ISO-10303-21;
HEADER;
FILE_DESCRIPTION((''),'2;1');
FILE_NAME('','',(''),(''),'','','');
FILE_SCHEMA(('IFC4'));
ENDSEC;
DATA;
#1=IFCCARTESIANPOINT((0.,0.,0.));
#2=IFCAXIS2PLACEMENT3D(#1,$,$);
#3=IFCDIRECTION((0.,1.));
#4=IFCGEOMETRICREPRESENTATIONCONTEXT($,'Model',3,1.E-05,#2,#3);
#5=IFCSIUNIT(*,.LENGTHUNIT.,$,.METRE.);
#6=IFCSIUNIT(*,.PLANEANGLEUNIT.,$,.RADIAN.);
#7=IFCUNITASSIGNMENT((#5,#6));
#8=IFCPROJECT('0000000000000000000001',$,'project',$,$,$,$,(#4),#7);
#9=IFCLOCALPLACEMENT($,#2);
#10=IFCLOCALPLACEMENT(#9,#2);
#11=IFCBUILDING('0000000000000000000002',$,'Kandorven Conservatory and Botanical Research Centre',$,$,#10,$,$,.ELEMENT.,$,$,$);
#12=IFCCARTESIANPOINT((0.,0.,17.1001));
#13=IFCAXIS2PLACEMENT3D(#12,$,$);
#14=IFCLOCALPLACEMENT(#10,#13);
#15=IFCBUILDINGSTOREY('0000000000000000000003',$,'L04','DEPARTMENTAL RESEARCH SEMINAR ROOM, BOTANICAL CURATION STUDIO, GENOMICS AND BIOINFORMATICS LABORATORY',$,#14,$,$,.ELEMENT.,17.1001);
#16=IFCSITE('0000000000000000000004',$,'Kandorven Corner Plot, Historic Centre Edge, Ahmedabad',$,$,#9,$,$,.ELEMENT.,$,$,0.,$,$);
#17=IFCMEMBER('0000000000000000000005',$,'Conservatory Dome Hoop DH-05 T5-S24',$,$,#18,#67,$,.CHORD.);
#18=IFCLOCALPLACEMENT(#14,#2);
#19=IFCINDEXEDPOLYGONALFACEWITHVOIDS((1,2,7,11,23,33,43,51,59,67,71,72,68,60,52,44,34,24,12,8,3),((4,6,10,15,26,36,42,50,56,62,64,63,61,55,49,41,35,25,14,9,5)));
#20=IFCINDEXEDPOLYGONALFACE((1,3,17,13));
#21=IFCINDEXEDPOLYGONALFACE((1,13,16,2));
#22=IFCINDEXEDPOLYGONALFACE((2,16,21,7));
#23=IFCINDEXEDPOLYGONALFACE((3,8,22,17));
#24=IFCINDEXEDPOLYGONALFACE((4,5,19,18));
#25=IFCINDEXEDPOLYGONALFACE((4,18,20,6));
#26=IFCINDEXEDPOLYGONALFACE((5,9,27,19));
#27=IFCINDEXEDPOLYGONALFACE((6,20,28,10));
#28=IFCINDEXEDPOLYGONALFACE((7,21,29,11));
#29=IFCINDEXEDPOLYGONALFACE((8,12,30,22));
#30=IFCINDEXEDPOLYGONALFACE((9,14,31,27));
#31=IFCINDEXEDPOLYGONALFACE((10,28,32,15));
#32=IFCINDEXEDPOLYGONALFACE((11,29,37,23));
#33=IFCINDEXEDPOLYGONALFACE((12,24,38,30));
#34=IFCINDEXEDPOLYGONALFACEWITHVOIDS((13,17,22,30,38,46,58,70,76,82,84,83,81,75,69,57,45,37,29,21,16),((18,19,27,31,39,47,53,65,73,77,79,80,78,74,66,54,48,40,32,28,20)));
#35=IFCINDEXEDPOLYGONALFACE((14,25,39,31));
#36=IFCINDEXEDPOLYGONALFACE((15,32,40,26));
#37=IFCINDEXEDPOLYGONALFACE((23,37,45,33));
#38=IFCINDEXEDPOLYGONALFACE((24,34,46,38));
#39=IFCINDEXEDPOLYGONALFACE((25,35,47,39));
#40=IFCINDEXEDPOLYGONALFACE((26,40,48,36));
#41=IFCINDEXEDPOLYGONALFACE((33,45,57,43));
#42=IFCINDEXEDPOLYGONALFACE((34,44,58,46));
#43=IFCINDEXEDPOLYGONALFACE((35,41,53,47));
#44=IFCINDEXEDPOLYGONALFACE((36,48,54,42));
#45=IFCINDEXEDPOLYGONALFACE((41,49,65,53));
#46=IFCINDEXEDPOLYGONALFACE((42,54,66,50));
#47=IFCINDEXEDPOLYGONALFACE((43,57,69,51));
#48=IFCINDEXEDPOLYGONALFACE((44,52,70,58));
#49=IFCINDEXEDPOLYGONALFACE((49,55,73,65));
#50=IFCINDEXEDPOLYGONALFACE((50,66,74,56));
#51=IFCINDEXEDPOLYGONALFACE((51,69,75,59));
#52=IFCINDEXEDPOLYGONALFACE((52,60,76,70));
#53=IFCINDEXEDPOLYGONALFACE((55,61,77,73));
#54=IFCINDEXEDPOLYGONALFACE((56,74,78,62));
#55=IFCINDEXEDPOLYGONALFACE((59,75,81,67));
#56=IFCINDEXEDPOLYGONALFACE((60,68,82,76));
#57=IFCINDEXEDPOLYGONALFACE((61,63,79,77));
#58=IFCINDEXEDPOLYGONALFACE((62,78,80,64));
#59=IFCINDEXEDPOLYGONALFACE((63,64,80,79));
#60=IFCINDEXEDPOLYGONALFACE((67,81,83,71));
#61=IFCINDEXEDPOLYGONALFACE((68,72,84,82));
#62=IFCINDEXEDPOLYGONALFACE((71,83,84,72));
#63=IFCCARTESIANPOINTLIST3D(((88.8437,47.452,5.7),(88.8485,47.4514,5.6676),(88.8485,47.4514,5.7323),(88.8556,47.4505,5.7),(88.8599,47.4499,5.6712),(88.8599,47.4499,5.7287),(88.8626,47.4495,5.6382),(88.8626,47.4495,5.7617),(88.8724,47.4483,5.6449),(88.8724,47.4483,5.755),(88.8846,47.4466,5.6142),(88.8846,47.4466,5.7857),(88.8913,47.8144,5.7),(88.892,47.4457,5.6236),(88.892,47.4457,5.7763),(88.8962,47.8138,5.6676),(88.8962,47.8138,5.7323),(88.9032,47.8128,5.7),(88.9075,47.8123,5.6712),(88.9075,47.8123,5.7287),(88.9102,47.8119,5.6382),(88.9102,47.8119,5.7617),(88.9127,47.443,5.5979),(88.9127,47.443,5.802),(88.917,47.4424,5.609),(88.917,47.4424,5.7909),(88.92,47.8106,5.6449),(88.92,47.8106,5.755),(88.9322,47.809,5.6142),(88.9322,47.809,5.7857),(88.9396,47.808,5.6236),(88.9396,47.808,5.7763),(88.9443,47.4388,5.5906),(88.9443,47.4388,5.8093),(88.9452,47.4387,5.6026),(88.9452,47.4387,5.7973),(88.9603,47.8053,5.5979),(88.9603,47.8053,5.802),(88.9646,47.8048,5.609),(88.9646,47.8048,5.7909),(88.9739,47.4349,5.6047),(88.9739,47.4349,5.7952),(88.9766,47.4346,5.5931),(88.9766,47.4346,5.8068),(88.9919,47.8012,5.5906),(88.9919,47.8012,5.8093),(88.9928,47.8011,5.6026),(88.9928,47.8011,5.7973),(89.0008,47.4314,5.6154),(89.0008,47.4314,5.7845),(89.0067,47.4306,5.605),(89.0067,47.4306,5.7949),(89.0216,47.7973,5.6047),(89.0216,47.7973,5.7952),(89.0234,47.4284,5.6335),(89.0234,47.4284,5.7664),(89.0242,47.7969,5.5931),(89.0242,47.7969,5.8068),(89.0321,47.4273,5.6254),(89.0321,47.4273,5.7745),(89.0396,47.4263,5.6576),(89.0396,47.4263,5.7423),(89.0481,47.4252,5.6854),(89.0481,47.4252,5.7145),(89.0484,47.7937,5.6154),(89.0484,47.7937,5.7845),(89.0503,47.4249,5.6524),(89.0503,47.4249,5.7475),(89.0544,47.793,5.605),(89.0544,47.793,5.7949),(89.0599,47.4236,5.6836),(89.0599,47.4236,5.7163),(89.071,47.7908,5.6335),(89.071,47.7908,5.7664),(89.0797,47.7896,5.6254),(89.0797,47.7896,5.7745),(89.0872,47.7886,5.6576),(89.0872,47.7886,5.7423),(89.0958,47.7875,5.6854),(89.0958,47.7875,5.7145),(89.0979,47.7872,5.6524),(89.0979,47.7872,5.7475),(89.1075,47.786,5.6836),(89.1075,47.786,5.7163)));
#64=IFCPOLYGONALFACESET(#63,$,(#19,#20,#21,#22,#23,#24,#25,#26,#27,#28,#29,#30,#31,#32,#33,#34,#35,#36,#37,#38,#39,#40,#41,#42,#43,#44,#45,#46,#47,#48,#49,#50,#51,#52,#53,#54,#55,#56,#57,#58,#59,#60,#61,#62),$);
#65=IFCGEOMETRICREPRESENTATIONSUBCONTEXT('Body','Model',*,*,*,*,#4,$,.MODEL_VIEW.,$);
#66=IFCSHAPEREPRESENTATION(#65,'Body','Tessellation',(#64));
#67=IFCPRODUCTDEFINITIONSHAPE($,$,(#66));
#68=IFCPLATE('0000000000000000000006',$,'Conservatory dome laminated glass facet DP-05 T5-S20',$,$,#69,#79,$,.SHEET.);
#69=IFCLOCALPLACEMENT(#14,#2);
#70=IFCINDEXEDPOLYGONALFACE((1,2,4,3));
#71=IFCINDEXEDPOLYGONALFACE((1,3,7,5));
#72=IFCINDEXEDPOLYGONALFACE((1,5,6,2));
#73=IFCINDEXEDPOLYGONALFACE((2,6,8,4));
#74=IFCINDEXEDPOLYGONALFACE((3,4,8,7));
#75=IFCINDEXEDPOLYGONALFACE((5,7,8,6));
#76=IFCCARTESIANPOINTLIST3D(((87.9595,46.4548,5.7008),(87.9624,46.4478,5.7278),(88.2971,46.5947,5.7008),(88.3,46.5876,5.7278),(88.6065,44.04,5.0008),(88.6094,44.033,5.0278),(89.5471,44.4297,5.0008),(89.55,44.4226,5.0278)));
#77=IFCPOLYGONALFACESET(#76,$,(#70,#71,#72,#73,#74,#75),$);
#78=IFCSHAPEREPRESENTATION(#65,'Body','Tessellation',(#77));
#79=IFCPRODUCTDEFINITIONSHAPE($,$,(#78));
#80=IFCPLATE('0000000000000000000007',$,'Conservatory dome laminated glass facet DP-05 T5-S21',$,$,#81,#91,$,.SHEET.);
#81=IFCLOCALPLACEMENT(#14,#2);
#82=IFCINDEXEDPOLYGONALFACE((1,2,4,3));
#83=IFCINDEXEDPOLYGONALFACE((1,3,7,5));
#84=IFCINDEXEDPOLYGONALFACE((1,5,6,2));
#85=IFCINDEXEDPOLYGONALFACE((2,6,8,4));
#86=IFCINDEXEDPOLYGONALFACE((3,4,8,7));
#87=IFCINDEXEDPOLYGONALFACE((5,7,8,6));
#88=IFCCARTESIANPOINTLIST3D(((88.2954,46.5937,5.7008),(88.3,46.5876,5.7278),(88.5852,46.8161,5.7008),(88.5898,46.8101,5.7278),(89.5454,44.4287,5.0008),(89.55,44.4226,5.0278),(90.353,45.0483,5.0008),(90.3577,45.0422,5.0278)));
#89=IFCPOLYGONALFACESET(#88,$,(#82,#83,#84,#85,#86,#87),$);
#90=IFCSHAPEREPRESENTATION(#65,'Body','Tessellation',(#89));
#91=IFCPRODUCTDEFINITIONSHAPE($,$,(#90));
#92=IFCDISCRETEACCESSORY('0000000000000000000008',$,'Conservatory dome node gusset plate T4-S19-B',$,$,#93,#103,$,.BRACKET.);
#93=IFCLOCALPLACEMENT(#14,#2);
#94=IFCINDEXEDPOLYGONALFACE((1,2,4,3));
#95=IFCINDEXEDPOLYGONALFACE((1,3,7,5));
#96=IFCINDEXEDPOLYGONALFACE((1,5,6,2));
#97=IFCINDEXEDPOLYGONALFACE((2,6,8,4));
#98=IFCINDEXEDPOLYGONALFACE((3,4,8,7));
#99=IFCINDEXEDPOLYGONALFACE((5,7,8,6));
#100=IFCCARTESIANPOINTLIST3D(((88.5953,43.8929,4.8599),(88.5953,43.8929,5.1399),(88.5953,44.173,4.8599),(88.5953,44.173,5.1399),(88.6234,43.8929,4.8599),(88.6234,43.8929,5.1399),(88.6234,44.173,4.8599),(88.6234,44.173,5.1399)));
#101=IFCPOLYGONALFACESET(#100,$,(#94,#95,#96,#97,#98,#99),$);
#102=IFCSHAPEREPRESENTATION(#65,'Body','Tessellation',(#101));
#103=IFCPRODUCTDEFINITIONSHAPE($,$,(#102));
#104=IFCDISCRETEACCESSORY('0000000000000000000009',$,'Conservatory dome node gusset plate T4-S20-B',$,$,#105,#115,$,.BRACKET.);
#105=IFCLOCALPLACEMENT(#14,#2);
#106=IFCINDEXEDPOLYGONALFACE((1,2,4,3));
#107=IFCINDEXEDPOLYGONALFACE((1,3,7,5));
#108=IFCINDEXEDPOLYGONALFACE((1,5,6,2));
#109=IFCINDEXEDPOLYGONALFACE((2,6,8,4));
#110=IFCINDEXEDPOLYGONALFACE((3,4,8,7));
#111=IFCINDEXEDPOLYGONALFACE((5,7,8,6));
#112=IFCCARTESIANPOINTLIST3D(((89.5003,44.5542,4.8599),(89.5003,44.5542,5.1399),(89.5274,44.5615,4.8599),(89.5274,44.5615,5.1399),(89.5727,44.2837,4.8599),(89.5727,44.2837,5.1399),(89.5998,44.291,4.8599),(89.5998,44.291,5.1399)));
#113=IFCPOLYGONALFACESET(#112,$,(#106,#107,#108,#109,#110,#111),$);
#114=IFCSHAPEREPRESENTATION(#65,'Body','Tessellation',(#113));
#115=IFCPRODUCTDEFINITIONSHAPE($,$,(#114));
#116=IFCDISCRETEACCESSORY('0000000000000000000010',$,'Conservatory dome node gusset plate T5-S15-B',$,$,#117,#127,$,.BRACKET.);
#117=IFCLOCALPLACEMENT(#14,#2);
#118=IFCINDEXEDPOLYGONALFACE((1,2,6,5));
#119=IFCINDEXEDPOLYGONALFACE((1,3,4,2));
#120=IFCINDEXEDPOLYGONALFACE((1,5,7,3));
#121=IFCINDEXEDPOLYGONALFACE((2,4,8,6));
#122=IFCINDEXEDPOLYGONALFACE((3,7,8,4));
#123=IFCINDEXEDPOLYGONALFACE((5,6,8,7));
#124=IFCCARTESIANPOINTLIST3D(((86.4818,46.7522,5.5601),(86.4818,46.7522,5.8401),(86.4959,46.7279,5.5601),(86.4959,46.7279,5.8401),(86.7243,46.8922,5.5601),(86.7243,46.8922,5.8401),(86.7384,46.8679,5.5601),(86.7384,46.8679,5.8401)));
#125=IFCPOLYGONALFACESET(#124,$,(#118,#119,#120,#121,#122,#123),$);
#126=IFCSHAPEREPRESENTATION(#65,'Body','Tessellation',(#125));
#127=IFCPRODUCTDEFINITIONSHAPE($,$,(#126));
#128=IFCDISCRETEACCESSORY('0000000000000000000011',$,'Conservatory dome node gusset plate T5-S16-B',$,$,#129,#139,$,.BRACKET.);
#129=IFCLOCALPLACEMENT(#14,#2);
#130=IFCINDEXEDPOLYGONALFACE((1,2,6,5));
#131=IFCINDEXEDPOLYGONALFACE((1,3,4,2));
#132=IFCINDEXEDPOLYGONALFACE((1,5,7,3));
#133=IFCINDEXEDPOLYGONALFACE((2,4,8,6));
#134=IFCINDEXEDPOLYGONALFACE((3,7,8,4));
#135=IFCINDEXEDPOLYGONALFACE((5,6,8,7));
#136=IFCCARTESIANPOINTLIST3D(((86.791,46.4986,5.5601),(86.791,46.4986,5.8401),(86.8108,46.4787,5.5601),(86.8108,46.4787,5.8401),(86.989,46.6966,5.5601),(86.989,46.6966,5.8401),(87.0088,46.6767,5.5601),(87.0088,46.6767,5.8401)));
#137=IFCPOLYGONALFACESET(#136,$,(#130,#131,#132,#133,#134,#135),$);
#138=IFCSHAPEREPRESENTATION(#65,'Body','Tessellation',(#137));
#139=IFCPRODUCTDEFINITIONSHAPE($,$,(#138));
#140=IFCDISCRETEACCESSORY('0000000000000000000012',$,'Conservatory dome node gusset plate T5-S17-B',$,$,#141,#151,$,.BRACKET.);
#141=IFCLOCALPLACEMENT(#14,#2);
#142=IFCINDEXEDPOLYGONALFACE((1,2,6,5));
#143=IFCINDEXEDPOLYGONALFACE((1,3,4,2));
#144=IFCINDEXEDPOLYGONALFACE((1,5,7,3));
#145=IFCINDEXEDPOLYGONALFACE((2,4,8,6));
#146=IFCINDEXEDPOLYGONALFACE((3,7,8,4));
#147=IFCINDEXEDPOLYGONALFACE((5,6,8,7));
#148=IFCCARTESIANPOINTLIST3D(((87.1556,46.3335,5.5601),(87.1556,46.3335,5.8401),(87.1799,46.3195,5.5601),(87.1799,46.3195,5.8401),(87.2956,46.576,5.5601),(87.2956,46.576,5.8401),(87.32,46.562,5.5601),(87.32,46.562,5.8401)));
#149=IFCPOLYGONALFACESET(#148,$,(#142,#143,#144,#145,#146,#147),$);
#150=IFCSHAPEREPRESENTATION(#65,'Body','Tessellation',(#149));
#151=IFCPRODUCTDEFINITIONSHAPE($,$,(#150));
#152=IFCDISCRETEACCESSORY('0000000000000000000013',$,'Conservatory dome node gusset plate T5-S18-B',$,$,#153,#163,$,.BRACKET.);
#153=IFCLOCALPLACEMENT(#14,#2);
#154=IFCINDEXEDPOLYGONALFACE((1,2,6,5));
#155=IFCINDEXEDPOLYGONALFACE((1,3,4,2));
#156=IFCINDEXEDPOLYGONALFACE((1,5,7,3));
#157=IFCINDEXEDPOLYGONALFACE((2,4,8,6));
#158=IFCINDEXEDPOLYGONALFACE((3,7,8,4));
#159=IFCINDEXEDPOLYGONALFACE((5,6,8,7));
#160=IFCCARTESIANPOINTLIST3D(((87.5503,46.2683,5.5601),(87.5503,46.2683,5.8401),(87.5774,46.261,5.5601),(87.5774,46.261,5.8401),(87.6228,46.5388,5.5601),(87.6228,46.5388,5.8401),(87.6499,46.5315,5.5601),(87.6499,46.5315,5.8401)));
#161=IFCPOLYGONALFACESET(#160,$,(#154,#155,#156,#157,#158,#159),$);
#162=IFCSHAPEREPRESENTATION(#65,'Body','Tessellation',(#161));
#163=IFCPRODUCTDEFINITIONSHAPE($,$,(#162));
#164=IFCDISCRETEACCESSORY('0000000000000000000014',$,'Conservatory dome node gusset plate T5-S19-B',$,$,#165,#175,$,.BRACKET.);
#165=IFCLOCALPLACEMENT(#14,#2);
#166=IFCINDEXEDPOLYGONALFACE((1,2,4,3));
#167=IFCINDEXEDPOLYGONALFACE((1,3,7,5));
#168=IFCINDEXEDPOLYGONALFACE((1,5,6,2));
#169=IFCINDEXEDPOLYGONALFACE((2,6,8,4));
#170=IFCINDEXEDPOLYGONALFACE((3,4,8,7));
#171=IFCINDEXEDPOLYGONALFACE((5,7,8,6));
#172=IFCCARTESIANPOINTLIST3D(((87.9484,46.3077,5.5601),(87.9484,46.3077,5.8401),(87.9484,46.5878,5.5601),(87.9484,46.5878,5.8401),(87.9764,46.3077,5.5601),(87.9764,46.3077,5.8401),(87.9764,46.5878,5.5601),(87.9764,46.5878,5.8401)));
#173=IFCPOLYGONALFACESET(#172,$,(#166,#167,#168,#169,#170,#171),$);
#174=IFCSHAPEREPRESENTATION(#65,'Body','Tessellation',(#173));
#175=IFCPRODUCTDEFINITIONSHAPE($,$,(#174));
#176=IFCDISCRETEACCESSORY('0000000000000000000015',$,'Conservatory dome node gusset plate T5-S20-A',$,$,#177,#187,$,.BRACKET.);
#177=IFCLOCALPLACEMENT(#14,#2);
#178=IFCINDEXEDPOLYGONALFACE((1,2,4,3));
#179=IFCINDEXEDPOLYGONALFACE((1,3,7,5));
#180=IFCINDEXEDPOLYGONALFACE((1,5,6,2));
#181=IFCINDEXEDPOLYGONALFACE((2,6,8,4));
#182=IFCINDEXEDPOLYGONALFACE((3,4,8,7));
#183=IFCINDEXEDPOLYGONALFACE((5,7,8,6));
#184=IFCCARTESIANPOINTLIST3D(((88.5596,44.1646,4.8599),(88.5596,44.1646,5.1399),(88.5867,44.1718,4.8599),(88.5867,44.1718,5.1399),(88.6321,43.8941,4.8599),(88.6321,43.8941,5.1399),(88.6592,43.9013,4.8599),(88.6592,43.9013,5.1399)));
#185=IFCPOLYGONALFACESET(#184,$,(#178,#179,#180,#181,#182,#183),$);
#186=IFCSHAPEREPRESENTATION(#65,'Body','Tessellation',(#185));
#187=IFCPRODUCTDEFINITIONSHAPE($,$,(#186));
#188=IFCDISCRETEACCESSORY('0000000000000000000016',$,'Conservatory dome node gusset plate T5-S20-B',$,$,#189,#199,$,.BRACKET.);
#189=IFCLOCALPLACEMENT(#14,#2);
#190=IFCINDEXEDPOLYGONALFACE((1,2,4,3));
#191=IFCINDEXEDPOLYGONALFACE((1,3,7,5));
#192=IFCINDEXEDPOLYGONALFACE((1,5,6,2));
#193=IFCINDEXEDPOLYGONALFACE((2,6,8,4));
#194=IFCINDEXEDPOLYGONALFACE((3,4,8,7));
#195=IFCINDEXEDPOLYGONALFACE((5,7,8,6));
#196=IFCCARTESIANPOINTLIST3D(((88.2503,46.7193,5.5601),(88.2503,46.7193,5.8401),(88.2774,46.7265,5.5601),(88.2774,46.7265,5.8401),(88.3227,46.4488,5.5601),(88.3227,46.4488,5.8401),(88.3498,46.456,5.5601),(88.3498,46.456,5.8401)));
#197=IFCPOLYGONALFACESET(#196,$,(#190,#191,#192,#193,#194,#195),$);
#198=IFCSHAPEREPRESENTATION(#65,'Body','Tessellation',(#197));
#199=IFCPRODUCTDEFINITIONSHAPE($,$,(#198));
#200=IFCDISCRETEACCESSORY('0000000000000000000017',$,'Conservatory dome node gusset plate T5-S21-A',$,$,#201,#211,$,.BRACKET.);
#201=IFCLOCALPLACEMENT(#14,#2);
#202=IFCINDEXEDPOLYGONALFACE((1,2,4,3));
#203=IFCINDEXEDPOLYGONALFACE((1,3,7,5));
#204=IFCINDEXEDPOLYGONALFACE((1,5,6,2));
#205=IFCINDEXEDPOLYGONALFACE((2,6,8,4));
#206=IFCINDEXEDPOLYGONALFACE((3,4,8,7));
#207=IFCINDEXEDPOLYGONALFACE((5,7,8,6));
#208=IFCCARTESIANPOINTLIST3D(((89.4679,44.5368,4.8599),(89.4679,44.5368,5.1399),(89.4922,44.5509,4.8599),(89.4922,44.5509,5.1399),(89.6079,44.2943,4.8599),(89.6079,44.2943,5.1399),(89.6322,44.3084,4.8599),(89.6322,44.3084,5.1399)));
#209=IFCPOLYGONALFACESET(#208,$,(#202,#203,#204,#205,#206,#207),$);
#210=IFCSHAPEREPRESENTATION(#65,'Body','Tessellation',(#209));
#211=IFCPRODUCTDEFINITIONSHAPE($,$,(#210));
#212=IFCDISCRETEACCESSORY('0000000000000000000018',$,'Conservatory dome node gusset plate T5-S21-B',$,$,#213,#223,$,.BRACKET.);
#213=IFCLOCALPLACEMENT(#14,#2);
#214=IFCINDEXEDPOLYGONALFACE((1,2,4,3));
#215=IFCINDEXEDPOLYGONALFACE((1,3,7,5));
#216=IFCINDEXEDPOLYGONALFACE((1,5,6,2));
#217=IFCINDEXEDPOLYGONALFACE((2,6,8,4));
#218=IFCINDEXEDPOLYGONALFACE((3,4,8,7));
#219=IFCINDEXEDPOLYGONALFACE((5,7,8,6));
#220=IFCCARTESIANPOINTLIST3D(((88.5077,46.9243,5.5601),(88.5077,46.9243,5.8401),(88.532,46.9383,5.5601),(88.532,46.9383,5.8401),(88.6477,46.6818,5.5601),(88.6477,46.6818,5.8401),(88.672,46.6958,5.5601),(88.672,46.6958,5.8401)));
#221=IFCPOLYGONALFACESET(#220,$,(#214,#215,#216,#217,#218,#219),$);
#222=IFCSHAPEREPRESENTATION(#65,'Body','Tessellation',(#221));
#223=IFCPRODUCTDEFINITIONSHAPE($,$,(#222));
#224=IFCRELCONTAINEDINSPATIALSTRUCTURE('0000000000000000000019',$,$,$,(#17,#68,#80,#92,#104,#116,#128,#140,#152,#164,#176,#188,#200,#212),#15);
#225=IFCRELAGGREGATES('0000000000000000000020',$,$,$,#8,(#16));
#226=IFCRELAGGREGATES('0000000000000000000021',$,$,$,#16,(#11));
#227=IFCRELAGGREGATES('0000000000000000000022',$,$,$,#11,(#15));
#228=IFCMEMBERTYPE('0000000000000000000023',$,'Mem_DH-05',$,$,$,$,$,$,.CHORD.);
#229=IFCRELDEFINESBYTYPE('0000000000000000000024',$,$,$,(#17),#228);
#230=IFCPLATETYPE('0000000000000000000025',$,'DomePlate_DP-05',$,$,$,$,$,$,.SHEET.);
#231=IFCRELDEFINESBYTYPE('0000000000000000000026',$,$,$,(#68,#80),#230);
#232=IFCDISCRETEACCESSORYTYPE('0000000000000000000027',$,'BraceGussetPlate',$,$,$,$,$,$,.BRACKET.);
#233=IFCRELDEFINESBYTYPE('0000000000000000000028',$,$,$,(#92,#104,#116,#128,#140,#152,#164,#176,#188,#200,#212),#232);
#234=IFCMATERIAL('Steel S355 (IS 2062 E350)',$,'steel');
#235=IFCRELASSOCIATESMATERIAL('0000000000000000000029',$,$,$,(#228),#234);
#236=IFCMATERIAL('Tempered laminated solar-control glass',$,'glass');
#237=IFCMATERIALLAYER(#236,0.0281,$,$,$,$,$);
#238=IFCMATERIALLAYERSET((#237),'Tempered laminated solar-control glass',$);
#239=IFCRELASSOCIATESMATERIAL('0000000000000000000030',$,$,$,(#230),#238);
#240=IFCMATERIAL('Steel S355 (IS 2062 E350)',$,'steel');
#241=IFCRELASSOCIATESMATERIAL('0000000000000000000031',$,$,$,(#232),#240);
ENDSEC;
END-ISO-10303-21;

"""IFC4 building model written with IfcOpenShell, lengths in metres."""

from ifc_helpers import new_model, si_unit, direction, frame, origin, origin_2d, place, context, subcontext, project, spatial, polyline, rectangle, hollow_circle, outline, extrude, material, layer, layer_set, material_profile, profile_set, type_object, element, save


model = new_model("IFC4")

# Units and contexts
model_context = context("Model", 3, precision=1e-05, world=origin(), true_north=direction((0.0, 1.0)))
body_context = subcontext(model_context, "Body", "Model", "MODEL_VIEW")
ifc_project = project(units=[si_unit("LENGTHUNIT", "METRE"), si_unit("PLANEANGLEUNIT", "RADIAN")], contexts=[model_context])

# Site, building, storey
site_placement = place(None, origin())
site = spatial("IfcSite", under=ifc_project, at=site_placement, Name="Kandorven Corner Plot, Historic Centre Edge, Ahmedabad", CompositionType="ELEMENT", RefElevation=0.0)
building_placement = place(site_placement, origin())
building = spatial("IfcBuilding", under=site, at=building_placement, Name="Kandorven Conservatory and Botanical Research Centre", CompositionType="ELEMENT")
storey_placement = place(building_placement, frame((0.0, 0.0, 17.1001)))
storey = spatial("IfcBuildingStorey", under=building, at=storey_placement, Name="L04", Description="DEPARTMENTAL RESEARCH SEMINAR ROOM, BOTANICAL CURATION STUDIO, GENOMICS AND BIOINFORMATICS LABORATORY", CompositionType="ELEMENT", Elevation=17.1001)

# Member
ifc_material_1 = material(Name="Steel S355 (IS 2062 E350)", Category="steel")
ifc_material_profile_1 = material_profile(ifc_material_1, hollow_circle(Radius=0.1096, WallThickness=0.012, at=origin_2d()))
ifc_profile_set_1 = profile_set([ifc_material_profile_1], Name="Steel S355 (IS 2062 E350)")
member_type_1 = type_object("IfcMemberType", Name="Mem_DH-05", PredefinedType="CHORD", material=ifc_profile_set_1)
for number, where, z_axis, x_axis, name in (
    (1, (88.9524, 47.4377, 5.7), (0.130282, 0.991477, 0.0), (-0.991477, 0.130282, 0.0), "Conservatory Dome Hoop DH-05 T5-S24"),
):
    element("IfcMember", number, at=place(storey_placement, frame(where, z_axis=z_axis, x_axis=x_axis)), inside=storey, type_object=member_type_1, Name=name, PredefinedType="CHORD", context=body_context, shape_type="SweptSolid", body=[
        extrude(hollow_circle(Radius=0.1096, WallThickness=0.012, at=origin_2d()), origin(), (0.0, 0.0, 1.0), 0.3655),
    ])

# Plates
ifc_material_2 = material(Name="Tempered laminated solar-control glass", Category="glass")
ifc_layer = layer(ifc_material_2, 0.0281)
ifc_layer_set = layer_set([ifc_layer], Name="Tempered laminated solar-control glass")
plate_type = type_object("IfcPlateType", Name="DomePlate_DP-05", PredefinedType="SHEET", material=ifc_layer_set)
plate_1_placement = place(storey_placement, frame((88.6094, 44.033, 5.0278), z_axis=(0.10401, -0.251081, 0.962362), x_axis=(0.923876, 0.382692, -0.000006)))
element("IfcPlate", 2, at=plate_1_placement, inside=storey, type_object=plate_type, Name="Conservatory dome laminated glass facet DP-05 T5-S20", PredefinedType="SHEET", context=body_context, shape_type="SweptSolid", body=[
    extrude(outline(polyline([(0.0, 0.0), (1.0182, 0.0), (0.6919, 2.5755), (0.3264, 2.5755), (0.0, 0.0)])), origin(), (0.0, 0.0, -1.0), 0.0281),
])
plate_2_placement = place(storey_placement, frame((89.55, 44.4226, 5.0278), z_axis=(0.165436, -0.215609, 0.962364), x_axis=(0.793388, 0.608716, -0.000011)))
element("IfcPlate", 3, at=plate_2_placement, inside=storey, type_object=plate_type, Name="Conservatory dome laminated glass facet DP-05 T5-S21", PredefinedType="SHEET", context=body_context, shape_type="SweptSolid", body=[
    extrude(outline(polyline([(0.0, 0.0), (1.0179, 0.0), (0.6915, 2.5756), (0.3262, 2.5755), (0.0, 0.0)])), origin(), (0.0, 0.0, -1.0), 0.0281),
])

# Discrete accessories
ifc_material_3 = material(Name="Steel S355 (IS 2062 E350)", Category="steel")
discrete_accessory_type = type_object("IfcDiscreteAccessoryType", Name="BraceGussetPlate", PredefinedType="BRACKET", material=ifc_material_3)
for number, where, z_axis, x_axis, name in (
    (4, (88.6094, 44.033, 4.8599), (0.0, 0.0, 1.0), (0.0, -1.0, 0.0), "Conservatory dome node gusset plate T4-S19-B"),
    (5, (89.55, 44.4226, 4.8599), (0.0, 0.0, 1.0), (0.258819, -0.965926, 0.0), "Conservatory dome node gusset plate T4-S20-B"),
    (6, (86.6101, 46.8101, 5.5601), (0.0, 0.0, 1.0), (-0.866025, -0.5, 0.0), "Conservatory dome node gusset plate T5-S15-B"),
    (7, (86.8999, 46.5876, 5.5601), (0.0, 0.0, 1.0), (-0.707107, -0.707107, 0.0), "Conservatory dome node gusset plate T5-S16-B"),
    (8, (87.2378, 46.4478, 5.5601), (0.0, 0.0, 1.0), (-0.5, -0.866025, 0.0), "Conservatory dome node gusset plate T5-S17-B"),
    (9, (87.6001, 46.3999, 5.5601), (0.0, 0.0, 1.0), (-0.258819, -0.965926, 0.0), "Conservatory dome node gusset plate T5-S18-B"),
    (10, (87.9624, 46.4478, 5.5601), (0.0, 0.0, 1.0), (0.0, -1.0, 0.0), "Conservatory dome node gusset plate T5-S19-B"),
    (11, (88.6094, 44.033, 4.8599), (0.0, 0.0, 1.0), (0.258819, -0.965926, 0.0), "Conservatory dome node gusset plate T5-S20-A"),
    (12, (88.3, 46.5876, 5.5601), (0.0, 0.0, 1.0), (0.258819, -0.965926, 0.0), "Conservatory dome node gusset plate T5-S20-B"),
    (13, (89.55, 44.4226, 4.8599), (0.0, 0.0, 1.0), (0.5, -0.866025, 0.0), "Conservatory dome node gusset plate T5-S21-A"),
    (14, (88.5898, 46.8101, 5.5601), (0.0, 0.0, 1.0), (0.5, -0.866025, 0.0), "Conservatory dome node gusset plate T5-S21-B"),
):
    element("IfcDiscreteAccessory", number, at=place(storey_placement, frame(where, z_axis=z_axis, x_axis=x_axis)), inside=storey, type_object=discrete_accessory_type, Name=name, PredefinedType="BRACKET", context=body_context, shape_type="SweptSolid", body=[
        extrude(rectangle(XDim=0.28, YDim=0.0281, at=origin_2d()), origin(), (0.0, 0.0, 1.0), 0.28),
    ])

save(model, "model.ifc")
